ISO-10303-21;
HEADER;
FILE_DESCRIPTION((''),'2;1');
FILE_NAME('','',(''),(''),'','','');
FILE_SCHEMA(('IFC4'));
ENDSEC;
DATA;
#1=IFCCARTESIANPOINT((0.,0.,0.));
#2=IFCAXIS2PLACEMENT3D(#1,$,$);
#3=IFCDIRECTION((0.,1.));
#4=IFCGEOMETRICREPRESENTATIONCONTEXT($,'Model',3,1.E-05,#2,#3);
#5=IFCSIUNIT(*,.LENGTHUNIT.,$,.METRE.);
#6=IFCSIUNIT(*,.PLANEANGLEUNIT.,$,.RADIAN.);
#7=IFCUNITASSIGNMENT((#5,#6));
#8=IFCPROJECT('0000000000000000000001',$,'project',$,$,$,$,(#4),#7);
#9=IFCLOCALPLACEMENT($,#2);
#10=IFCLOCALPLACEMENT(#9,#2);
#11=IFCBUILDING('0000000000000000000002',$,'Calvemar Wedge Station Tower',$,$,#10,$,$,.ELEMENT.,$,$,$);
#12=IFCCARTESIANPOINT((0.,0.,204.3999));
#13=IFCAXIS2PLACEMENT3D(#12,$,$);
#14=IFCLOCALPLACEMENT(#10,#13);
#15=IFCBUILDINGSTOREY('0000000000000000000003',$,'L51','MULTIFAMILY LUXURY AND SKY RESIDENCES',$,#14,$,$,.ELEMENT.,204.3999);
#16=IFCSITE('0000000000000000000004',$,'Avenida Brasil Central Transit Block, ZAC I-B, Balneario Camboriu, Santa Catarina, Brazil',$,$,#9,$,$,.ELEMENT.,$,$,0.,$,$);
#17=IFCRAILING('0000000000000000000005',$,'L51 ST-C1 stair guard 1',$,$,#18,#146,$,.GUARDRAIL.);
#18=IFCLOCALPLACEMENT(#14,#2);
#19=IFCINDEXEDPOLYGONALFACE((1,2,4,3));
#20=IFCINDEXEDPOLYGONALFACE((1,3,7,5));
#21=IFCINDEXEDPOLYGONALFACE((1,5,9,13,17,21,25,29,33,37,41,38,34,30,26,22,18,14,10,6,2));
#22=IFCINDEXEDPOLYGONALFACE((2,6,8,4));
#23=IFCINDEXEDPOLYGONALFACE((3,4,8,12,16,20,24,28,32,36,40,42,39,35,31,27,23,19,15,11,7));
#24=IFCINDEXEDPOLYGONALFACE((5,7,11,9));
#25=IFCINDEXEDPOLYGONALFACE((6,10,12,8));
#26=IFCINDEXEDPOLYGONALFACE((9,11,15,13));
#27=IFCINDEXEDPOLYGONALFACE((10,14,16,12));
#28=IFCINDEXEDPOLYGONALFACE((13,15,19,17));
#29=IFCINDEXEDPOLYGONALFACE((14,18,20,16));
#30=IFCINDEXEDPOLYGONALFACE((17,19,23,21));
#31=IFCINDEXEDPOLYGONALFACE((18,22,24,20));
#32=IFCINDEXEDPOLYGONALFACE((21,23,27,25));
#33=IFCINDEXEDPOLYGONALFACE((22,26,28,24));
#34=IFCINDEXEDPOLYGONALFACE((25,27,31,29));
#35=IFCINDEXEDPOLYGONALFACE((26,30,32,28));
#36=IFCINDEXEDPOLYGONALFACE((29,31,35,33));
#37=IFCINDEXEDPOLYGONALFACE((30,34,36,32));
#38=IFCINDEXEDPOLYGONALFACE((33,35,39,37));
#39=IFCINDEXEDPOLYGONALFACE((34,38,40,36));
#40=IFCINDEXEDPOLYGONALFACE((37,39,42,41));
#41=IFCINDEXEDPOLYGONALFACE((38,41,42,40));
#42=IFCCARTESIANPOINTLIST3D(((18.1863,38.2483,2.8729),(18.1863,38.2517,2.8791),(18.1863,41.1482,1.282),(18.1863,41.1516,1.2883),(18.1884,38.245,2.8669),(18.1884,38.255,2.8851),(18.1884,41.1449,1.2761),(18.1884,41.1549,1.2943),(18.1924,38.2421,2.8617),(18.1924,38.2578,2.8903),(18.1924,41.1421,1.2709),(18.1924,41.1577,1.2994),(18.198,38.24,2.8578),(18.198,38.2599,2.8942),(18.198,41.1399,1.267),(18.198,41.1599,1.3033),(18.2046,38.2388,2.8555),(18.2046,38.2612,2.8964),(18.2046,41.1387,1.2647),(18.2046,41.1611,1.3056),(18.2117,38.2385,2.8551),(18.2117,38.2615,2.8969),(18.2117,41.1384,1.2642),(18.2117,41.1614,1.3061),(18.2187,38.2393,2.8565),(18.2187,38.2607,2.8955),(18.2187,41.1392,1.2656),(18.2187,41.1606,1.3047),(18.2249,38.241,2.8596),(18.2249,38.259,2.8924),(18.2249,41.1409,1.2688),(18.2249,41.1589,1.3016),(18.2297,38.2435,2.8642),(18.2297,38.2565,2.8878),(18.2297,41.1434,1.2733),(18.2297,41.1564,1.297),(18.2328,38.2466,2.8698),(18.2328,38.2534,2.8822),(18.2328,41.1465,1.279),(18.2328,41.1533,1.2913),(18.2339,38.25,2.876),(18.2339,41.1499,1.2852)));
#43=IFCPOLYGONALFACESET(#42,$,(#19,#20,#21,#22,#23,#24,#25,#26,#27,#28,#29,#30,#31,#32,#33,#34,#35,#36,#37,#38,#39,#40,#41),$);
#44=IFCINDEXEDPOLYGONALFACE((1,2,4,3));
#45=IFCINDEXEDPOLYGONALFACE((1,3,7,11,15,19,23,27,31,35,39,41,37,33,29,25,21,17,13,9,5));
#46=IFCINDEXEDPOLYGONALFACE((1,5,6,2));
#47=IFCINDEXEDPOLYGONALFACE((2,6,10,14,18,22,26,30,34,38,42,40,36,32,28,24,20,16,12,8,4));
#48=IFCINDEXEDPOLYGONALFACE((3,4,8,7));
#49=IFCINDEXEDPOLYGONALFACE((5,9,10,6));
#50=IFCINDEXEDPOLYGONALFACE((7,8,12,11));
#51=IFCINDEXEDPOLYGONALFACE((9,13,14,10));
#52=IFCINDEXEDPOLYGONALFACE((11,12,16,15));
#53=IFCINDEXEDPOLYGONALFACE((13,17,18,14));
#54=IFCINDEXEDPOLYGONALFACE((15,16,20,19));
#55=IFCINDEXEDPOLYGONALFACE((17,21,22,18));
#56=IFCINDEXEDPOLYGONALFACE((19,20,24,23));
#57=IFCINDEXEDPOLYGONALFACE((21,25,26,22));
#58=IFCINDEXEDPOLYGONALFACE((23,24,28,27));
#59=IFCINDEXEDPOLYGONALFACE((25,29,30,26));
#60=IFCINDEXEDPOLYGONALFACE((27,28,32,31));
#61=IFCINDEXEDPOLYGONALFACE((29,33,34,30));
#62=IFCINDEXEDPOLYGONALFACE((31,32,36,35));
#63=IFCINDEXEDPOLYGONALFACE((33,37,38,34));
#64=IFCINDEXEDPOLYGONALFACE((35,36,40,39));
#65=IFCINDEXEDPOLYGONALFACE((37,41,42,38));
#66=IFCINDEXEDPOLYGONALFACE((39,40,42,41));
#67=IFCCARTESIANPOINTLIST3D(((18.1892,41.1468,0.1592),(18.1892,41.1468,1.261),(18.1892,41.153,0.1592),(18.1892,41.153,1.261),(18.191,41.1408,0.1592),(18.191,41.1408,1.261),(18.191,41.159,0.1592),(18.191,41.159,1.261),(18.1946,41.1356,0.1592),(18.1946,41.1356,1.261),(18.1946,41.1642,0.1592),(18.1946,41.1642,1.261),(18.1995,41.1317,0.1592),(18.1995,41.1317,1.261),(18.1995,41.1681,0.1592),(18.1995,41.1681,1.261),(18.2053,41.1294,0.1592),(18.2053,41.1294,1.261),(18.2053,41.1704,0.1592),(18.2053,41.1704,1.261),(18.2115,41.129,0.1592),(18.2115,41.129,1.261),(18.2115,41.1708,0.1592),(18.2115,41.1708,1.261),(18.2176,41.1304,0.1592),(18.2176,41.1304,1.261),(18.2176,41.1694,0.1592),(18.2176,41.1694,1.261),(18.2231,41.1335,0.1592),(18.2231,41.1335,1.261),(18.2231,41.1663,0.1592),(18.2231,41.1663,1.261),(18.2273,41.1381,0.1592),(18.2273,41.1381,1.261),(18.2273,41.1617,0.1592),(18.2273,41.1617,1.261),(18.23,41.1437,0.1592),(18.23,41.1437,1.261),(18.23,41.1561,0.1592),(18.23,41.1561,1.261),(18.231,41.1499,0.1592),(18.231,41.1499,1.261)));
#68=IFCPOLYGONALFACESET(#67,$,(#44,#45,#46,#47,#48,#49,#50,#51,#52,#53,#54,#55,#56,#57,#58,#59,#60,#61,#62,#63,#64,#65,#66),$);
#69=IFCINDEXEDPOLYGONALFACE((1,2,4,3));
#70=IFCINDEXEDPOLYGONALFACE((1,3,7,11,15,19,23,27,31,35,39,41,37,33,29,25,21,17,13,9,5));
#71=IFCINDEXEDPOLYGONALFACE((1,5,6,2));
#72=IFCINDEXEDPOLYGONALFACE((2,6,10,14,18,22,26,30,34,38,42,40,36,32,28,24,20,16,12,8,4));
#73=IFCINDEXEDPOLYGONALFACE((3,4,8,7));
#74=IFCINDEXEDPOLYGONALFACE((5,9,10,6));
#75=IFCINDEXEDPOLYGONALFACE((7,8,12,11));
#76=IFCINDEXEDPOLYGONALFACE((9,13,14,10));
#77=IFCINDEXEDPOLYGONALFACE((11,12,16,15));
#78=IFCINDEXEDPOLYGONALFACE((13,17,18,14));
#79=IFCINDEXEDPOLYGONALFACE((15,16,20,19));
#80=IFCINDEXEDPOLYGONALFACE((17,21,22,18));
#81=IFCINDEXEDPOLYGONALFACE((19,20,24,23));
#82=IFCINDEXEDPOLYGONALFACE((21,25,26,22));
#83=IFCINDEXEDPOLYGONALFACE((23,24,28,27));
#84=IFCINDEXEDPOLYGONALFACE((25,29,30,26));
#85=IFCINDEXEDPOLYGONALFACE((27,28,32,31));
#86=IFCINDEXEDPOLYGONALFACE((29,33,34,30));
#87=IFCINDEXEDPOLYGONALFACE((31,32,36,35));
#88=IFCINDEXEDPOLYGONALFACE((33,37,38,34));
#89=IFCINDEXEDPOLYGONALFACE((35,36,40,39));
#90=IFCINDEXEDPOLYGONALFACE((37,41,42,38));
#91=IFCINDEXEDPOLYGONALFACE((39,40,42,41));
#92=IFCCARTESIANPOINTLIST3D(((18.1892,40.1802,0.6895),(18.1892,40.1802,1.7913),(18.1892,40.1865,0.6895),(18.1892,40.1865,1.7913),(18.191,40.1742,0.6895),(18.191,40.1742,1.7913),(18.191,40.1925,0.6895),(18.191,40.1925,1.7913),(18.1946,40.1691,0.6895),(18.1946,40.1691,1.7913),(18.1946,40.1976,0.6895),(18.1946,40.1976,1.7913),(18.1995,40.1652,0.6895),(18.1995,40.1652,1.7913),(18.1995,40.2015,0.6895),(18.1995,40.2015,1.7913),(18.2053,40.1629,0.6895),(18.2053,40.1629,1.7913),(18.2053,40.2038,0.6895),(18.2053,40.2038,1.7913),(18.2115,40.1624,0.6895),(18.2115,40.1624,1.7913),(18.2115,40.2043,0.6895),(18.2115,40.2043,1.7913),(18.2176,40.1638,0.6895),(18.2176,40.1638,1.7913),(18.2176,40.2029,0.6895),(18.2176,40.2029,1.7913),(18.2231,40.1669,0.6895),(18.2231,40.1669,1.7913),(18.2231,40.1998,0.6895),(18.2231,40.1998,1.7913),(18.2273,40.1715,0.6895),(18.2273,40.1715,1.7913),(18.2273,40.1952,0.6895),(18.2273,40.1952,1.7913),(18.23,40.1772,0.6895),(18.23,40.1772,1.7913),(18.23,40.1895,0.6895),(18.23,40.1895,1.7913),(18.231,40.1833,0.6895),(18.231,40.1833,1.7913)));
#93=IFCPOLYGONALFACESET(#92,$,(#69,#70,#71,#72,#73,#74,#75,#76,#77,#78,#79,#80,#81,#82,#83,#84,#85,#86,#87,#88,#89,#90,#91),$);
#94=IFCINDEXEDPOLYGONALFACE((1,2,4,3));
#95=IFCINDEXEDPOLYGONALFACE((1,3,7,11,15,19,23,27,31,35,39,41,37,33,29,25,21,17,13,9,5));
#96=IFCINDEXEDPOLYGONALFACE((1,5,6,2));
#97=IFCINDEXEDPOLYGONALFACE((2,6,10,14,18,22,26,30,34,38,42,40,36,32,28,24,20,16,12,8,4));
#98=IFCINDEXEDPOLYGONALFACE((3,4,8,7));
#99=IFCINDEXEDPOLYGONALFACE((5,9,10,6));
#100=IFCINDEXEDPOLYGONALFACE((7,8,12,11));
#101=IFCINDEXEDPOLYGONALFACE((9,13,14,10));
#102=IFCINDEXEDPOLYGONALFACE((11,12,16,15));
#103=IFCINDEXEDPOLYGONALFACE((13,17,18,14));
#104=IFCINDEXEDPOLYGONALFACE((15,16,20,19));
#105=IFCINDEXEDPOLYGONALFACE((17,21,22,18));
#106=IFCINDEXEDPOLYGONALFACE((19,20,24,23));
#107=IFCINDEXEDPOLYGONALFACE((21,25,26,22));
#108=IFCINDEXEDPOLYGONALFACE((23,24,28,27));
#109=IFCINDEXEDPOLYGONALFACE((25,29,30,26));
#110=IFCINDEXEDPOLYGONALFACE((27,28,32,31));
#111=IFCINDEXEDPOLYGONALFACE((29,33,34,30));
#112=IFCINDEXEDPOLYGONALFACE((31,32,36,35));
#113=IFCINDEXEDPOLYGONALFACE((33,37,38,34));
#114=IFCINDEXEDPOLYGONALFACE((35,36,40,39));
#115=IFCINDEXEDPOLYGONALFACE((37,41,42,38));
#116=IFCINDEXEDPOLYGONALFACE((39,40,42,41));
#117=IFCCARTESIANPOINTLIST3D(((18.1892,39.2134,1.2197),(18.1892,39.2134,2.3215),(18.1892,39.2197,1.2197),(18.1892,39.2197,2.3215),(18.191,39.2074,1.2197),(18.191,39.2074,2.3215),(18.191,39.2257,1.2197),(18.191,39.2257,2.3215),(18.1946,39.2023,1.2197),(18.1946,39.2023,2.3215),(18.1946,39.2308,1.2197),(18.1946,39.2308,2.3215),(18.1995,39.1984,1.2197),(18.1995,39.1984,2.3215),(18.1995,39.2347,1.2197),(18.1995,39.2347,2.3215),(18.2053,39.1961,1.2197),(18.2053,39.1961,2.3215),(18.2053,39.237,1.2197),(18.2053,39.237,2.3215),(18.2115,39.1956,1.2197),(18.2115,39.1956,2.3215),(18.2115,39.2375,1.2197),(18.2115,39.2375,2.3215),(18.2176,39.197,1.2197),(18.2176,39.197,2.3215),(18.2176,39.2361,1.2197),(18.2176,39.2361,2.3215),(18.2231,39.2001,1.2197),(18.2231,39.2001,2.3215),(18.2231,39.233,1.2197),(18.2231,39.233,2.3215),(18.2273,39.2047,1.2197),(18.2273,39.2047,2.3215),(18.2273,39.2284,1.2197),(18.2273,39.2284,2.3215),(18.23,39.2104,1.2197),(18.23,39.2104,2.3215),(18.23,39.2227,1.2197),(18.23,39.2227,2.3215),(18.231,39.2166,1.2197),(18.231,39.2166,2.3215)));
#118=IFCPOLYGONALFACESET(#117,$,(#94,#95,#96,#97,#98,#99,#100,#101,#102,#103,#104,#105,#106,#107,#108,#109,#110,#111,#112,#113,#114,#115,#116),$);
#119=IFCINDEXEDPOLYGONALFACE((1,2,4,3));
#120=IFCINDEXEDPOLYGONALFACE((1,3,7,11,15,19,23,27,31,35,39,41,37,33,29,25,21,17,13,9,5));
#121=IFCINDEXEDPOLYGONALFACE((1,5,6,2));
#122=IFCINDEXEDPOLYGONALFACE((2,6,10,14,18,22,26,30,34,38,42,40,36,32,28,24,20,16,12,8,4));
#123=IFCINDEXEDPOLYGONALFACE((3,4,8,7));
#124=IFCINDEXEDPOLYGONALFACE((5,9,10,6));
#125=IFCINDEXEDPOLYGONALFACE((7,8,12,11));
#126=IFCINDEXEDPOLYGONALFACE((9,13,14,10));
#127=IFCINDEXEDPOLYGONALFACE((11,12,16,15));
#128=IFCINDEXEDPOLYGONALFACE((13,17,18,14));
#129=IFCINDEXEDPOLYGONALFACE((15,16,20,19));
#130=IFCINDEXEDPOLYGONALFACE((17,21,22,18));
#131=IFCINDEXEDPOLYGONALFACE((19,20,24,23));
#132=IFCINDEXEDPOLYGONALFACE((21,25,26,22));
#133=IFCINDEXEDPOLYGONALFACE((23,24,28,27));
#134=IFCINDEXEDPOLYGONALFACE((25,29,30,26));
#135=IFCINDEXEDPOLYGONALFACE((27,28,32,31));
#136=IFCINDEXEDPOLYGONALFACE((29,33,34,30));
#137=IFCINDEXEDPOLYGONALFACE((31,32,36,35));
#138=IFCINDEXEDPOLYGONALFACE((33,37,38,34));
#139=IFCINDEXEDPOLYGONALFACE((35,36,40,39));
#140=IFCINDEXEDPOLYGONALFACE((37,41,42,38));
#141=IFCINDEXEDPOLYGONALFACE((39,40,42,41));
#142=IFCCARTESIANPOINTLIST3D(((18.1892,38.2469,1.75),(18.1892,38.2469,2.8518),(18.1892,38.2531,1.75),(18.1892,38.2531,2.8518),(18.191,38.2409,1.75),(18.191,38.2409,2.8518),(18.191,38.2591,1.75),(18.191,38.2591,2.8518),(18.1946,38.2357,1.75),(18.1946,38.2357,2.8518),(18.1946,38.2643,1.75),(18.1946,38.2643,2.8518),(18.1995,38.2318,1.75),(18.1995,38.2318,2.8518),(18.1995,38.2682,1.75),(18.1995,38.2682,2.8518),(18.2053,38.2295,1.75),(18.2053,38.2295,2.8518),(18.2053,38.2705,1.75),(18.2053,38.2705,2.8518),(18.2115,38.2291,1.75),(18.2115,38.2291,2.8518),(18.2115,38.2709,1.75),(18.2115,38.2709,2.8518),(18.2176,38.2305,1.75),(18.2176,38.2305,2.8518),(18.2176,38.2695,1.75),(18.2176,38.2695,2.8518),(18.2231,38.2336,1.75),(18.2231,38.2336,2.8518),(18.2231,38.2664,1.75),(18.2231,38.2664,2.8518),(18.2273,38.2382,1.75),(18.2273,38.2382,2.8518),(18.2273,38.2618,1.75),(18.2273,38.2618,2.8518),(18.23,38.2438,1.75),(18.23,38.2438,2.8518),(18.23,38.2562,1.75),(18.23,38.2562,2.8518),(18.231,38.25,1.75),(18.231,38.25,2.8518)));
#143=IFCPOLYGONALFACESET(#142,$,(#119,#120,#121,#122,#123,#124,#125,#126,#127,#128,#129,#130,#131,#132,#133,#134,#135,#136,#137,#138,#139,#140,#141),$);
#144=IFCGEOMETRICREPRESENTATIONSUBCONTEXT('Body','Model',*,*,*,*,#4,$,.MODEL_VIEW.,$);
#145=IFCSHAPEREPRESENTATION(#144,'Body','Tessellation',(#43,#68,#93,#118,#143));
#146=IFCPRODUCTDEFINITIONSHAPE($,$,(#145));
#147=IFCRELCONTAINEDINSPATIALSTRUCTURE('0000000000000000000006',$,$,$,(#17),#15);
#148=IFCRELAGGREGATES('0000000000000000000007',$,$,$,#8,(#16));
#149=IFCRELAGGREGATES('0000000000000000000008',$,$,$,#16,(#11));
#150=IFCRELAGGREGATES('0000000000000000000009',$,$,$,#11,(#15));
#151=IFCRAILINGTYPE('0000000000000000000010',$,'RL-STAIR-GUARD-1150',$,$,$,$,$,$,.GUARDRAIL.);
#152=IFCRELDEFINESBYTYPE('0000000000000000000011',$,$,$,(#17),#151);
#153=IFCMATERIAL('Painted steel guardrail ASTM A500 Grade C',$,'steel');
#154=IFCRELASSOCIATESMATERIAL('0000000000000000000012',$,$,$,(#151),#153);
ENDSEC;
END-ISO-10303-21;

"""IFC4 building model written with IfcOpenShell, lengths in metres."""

from ifc_helpers import new_model, si_unit, direction, frame, origin, origin_2d, place, context, subcontext, project, spatial, circle, extrude, material, type_object, element, save


model = new_model("IFC4")

# Units and contexts
model_context = context("Model", 3, precision=1e-05, world=origin(), true_north=direction((0.0, 1.0)))
body_context = subcontext(model_context, "Body", "Model", "MODEL_VIEW")
ifc_project = project(units=[si_unit("LENGTHUNIT", "METRE"), si_unit("PLANEANGLEUNIT", "RADIAN")], contexts=[model_context])

# Site, building, storey
site_placement = place(None, origin())
site = spatial("IfcSite", under=ifc_project, at=site_placement, Name="Avenida Brasil Central Transit Block, ZAC I-B, Balneario Camboriu, Santa Catarina, Brazil", CompositionType="ELEMENT", RefElevation=0.0)
building_placement = place(site_placement, origin())
building = spatial("IfcBuilding", under=site, at=building_placement, Name="Calvemar Wedge Station Tower", CompositionType="ELEMENT")
storey_placement = place(building_placement, frame((0.0, 0.0, 204.3999)))
storey = spatial("IfcBuildingStorey", under=building, at=storey_placement, Name="L51", Description="MULTIFAMILY LUXURY AND SKY RESIDENCES", CompositionType="ELEMENT", Elevation=204.3999)

# Railing
ifc_material_1 = material(Name="Painted steel guardrail ASTM A500 Grade C", Category="steel")
railing_type = type_object("IfcRailingType", Name="RL-STAIR-GUARD-1150", PredefinedType="GUARDRAIL", material=ifc_material_1)
railing_1_placement = place(storey_placement, frame((18.21, 41.1499, 0.1592)))
element("IfcRailing", 1, at=railing_1_placement, inside=storey, type_object=railing_type, Name="L51 ST-C1 stair guard 1", PredefinedType="GUARDRAIL", context=body_context, shape_type="SweptSolid", body=[
    extrude(circle(Radius=0.0239, at=origin_2d()), frame((0.0, 0.0, 1.126), z_axis=(0.0, -0.876742, 0.480961), x_axis=(1.0, 0.0, 0.0)), (0.0, 0.0, 1.0), 3.3076),
    extrude(circle(Radius=0.021, at=origin_2d()), origin(), (0.0, 0.0, 1.0), 1.1018),
    extrude(circle(Radius=0.021, at=origin_2d()), frame((0.0, -0.9666, 0.5303)), (0.0, 0.0, 1.0), 1.1018),
    extrude(circle(Radius=0.021, at=origin_2d()), frame((0.0, -1.9333, 1.0605)), (0.0, 0.0, 1.0), 1.1018),
    extrude(circle(Radius=0.021, at=origin_2d()), frame((0.0, -2.8999, 1.5908)), (0.0, 0.0, 1.0), 1.1018),
])

save(model, "model.ifc")
